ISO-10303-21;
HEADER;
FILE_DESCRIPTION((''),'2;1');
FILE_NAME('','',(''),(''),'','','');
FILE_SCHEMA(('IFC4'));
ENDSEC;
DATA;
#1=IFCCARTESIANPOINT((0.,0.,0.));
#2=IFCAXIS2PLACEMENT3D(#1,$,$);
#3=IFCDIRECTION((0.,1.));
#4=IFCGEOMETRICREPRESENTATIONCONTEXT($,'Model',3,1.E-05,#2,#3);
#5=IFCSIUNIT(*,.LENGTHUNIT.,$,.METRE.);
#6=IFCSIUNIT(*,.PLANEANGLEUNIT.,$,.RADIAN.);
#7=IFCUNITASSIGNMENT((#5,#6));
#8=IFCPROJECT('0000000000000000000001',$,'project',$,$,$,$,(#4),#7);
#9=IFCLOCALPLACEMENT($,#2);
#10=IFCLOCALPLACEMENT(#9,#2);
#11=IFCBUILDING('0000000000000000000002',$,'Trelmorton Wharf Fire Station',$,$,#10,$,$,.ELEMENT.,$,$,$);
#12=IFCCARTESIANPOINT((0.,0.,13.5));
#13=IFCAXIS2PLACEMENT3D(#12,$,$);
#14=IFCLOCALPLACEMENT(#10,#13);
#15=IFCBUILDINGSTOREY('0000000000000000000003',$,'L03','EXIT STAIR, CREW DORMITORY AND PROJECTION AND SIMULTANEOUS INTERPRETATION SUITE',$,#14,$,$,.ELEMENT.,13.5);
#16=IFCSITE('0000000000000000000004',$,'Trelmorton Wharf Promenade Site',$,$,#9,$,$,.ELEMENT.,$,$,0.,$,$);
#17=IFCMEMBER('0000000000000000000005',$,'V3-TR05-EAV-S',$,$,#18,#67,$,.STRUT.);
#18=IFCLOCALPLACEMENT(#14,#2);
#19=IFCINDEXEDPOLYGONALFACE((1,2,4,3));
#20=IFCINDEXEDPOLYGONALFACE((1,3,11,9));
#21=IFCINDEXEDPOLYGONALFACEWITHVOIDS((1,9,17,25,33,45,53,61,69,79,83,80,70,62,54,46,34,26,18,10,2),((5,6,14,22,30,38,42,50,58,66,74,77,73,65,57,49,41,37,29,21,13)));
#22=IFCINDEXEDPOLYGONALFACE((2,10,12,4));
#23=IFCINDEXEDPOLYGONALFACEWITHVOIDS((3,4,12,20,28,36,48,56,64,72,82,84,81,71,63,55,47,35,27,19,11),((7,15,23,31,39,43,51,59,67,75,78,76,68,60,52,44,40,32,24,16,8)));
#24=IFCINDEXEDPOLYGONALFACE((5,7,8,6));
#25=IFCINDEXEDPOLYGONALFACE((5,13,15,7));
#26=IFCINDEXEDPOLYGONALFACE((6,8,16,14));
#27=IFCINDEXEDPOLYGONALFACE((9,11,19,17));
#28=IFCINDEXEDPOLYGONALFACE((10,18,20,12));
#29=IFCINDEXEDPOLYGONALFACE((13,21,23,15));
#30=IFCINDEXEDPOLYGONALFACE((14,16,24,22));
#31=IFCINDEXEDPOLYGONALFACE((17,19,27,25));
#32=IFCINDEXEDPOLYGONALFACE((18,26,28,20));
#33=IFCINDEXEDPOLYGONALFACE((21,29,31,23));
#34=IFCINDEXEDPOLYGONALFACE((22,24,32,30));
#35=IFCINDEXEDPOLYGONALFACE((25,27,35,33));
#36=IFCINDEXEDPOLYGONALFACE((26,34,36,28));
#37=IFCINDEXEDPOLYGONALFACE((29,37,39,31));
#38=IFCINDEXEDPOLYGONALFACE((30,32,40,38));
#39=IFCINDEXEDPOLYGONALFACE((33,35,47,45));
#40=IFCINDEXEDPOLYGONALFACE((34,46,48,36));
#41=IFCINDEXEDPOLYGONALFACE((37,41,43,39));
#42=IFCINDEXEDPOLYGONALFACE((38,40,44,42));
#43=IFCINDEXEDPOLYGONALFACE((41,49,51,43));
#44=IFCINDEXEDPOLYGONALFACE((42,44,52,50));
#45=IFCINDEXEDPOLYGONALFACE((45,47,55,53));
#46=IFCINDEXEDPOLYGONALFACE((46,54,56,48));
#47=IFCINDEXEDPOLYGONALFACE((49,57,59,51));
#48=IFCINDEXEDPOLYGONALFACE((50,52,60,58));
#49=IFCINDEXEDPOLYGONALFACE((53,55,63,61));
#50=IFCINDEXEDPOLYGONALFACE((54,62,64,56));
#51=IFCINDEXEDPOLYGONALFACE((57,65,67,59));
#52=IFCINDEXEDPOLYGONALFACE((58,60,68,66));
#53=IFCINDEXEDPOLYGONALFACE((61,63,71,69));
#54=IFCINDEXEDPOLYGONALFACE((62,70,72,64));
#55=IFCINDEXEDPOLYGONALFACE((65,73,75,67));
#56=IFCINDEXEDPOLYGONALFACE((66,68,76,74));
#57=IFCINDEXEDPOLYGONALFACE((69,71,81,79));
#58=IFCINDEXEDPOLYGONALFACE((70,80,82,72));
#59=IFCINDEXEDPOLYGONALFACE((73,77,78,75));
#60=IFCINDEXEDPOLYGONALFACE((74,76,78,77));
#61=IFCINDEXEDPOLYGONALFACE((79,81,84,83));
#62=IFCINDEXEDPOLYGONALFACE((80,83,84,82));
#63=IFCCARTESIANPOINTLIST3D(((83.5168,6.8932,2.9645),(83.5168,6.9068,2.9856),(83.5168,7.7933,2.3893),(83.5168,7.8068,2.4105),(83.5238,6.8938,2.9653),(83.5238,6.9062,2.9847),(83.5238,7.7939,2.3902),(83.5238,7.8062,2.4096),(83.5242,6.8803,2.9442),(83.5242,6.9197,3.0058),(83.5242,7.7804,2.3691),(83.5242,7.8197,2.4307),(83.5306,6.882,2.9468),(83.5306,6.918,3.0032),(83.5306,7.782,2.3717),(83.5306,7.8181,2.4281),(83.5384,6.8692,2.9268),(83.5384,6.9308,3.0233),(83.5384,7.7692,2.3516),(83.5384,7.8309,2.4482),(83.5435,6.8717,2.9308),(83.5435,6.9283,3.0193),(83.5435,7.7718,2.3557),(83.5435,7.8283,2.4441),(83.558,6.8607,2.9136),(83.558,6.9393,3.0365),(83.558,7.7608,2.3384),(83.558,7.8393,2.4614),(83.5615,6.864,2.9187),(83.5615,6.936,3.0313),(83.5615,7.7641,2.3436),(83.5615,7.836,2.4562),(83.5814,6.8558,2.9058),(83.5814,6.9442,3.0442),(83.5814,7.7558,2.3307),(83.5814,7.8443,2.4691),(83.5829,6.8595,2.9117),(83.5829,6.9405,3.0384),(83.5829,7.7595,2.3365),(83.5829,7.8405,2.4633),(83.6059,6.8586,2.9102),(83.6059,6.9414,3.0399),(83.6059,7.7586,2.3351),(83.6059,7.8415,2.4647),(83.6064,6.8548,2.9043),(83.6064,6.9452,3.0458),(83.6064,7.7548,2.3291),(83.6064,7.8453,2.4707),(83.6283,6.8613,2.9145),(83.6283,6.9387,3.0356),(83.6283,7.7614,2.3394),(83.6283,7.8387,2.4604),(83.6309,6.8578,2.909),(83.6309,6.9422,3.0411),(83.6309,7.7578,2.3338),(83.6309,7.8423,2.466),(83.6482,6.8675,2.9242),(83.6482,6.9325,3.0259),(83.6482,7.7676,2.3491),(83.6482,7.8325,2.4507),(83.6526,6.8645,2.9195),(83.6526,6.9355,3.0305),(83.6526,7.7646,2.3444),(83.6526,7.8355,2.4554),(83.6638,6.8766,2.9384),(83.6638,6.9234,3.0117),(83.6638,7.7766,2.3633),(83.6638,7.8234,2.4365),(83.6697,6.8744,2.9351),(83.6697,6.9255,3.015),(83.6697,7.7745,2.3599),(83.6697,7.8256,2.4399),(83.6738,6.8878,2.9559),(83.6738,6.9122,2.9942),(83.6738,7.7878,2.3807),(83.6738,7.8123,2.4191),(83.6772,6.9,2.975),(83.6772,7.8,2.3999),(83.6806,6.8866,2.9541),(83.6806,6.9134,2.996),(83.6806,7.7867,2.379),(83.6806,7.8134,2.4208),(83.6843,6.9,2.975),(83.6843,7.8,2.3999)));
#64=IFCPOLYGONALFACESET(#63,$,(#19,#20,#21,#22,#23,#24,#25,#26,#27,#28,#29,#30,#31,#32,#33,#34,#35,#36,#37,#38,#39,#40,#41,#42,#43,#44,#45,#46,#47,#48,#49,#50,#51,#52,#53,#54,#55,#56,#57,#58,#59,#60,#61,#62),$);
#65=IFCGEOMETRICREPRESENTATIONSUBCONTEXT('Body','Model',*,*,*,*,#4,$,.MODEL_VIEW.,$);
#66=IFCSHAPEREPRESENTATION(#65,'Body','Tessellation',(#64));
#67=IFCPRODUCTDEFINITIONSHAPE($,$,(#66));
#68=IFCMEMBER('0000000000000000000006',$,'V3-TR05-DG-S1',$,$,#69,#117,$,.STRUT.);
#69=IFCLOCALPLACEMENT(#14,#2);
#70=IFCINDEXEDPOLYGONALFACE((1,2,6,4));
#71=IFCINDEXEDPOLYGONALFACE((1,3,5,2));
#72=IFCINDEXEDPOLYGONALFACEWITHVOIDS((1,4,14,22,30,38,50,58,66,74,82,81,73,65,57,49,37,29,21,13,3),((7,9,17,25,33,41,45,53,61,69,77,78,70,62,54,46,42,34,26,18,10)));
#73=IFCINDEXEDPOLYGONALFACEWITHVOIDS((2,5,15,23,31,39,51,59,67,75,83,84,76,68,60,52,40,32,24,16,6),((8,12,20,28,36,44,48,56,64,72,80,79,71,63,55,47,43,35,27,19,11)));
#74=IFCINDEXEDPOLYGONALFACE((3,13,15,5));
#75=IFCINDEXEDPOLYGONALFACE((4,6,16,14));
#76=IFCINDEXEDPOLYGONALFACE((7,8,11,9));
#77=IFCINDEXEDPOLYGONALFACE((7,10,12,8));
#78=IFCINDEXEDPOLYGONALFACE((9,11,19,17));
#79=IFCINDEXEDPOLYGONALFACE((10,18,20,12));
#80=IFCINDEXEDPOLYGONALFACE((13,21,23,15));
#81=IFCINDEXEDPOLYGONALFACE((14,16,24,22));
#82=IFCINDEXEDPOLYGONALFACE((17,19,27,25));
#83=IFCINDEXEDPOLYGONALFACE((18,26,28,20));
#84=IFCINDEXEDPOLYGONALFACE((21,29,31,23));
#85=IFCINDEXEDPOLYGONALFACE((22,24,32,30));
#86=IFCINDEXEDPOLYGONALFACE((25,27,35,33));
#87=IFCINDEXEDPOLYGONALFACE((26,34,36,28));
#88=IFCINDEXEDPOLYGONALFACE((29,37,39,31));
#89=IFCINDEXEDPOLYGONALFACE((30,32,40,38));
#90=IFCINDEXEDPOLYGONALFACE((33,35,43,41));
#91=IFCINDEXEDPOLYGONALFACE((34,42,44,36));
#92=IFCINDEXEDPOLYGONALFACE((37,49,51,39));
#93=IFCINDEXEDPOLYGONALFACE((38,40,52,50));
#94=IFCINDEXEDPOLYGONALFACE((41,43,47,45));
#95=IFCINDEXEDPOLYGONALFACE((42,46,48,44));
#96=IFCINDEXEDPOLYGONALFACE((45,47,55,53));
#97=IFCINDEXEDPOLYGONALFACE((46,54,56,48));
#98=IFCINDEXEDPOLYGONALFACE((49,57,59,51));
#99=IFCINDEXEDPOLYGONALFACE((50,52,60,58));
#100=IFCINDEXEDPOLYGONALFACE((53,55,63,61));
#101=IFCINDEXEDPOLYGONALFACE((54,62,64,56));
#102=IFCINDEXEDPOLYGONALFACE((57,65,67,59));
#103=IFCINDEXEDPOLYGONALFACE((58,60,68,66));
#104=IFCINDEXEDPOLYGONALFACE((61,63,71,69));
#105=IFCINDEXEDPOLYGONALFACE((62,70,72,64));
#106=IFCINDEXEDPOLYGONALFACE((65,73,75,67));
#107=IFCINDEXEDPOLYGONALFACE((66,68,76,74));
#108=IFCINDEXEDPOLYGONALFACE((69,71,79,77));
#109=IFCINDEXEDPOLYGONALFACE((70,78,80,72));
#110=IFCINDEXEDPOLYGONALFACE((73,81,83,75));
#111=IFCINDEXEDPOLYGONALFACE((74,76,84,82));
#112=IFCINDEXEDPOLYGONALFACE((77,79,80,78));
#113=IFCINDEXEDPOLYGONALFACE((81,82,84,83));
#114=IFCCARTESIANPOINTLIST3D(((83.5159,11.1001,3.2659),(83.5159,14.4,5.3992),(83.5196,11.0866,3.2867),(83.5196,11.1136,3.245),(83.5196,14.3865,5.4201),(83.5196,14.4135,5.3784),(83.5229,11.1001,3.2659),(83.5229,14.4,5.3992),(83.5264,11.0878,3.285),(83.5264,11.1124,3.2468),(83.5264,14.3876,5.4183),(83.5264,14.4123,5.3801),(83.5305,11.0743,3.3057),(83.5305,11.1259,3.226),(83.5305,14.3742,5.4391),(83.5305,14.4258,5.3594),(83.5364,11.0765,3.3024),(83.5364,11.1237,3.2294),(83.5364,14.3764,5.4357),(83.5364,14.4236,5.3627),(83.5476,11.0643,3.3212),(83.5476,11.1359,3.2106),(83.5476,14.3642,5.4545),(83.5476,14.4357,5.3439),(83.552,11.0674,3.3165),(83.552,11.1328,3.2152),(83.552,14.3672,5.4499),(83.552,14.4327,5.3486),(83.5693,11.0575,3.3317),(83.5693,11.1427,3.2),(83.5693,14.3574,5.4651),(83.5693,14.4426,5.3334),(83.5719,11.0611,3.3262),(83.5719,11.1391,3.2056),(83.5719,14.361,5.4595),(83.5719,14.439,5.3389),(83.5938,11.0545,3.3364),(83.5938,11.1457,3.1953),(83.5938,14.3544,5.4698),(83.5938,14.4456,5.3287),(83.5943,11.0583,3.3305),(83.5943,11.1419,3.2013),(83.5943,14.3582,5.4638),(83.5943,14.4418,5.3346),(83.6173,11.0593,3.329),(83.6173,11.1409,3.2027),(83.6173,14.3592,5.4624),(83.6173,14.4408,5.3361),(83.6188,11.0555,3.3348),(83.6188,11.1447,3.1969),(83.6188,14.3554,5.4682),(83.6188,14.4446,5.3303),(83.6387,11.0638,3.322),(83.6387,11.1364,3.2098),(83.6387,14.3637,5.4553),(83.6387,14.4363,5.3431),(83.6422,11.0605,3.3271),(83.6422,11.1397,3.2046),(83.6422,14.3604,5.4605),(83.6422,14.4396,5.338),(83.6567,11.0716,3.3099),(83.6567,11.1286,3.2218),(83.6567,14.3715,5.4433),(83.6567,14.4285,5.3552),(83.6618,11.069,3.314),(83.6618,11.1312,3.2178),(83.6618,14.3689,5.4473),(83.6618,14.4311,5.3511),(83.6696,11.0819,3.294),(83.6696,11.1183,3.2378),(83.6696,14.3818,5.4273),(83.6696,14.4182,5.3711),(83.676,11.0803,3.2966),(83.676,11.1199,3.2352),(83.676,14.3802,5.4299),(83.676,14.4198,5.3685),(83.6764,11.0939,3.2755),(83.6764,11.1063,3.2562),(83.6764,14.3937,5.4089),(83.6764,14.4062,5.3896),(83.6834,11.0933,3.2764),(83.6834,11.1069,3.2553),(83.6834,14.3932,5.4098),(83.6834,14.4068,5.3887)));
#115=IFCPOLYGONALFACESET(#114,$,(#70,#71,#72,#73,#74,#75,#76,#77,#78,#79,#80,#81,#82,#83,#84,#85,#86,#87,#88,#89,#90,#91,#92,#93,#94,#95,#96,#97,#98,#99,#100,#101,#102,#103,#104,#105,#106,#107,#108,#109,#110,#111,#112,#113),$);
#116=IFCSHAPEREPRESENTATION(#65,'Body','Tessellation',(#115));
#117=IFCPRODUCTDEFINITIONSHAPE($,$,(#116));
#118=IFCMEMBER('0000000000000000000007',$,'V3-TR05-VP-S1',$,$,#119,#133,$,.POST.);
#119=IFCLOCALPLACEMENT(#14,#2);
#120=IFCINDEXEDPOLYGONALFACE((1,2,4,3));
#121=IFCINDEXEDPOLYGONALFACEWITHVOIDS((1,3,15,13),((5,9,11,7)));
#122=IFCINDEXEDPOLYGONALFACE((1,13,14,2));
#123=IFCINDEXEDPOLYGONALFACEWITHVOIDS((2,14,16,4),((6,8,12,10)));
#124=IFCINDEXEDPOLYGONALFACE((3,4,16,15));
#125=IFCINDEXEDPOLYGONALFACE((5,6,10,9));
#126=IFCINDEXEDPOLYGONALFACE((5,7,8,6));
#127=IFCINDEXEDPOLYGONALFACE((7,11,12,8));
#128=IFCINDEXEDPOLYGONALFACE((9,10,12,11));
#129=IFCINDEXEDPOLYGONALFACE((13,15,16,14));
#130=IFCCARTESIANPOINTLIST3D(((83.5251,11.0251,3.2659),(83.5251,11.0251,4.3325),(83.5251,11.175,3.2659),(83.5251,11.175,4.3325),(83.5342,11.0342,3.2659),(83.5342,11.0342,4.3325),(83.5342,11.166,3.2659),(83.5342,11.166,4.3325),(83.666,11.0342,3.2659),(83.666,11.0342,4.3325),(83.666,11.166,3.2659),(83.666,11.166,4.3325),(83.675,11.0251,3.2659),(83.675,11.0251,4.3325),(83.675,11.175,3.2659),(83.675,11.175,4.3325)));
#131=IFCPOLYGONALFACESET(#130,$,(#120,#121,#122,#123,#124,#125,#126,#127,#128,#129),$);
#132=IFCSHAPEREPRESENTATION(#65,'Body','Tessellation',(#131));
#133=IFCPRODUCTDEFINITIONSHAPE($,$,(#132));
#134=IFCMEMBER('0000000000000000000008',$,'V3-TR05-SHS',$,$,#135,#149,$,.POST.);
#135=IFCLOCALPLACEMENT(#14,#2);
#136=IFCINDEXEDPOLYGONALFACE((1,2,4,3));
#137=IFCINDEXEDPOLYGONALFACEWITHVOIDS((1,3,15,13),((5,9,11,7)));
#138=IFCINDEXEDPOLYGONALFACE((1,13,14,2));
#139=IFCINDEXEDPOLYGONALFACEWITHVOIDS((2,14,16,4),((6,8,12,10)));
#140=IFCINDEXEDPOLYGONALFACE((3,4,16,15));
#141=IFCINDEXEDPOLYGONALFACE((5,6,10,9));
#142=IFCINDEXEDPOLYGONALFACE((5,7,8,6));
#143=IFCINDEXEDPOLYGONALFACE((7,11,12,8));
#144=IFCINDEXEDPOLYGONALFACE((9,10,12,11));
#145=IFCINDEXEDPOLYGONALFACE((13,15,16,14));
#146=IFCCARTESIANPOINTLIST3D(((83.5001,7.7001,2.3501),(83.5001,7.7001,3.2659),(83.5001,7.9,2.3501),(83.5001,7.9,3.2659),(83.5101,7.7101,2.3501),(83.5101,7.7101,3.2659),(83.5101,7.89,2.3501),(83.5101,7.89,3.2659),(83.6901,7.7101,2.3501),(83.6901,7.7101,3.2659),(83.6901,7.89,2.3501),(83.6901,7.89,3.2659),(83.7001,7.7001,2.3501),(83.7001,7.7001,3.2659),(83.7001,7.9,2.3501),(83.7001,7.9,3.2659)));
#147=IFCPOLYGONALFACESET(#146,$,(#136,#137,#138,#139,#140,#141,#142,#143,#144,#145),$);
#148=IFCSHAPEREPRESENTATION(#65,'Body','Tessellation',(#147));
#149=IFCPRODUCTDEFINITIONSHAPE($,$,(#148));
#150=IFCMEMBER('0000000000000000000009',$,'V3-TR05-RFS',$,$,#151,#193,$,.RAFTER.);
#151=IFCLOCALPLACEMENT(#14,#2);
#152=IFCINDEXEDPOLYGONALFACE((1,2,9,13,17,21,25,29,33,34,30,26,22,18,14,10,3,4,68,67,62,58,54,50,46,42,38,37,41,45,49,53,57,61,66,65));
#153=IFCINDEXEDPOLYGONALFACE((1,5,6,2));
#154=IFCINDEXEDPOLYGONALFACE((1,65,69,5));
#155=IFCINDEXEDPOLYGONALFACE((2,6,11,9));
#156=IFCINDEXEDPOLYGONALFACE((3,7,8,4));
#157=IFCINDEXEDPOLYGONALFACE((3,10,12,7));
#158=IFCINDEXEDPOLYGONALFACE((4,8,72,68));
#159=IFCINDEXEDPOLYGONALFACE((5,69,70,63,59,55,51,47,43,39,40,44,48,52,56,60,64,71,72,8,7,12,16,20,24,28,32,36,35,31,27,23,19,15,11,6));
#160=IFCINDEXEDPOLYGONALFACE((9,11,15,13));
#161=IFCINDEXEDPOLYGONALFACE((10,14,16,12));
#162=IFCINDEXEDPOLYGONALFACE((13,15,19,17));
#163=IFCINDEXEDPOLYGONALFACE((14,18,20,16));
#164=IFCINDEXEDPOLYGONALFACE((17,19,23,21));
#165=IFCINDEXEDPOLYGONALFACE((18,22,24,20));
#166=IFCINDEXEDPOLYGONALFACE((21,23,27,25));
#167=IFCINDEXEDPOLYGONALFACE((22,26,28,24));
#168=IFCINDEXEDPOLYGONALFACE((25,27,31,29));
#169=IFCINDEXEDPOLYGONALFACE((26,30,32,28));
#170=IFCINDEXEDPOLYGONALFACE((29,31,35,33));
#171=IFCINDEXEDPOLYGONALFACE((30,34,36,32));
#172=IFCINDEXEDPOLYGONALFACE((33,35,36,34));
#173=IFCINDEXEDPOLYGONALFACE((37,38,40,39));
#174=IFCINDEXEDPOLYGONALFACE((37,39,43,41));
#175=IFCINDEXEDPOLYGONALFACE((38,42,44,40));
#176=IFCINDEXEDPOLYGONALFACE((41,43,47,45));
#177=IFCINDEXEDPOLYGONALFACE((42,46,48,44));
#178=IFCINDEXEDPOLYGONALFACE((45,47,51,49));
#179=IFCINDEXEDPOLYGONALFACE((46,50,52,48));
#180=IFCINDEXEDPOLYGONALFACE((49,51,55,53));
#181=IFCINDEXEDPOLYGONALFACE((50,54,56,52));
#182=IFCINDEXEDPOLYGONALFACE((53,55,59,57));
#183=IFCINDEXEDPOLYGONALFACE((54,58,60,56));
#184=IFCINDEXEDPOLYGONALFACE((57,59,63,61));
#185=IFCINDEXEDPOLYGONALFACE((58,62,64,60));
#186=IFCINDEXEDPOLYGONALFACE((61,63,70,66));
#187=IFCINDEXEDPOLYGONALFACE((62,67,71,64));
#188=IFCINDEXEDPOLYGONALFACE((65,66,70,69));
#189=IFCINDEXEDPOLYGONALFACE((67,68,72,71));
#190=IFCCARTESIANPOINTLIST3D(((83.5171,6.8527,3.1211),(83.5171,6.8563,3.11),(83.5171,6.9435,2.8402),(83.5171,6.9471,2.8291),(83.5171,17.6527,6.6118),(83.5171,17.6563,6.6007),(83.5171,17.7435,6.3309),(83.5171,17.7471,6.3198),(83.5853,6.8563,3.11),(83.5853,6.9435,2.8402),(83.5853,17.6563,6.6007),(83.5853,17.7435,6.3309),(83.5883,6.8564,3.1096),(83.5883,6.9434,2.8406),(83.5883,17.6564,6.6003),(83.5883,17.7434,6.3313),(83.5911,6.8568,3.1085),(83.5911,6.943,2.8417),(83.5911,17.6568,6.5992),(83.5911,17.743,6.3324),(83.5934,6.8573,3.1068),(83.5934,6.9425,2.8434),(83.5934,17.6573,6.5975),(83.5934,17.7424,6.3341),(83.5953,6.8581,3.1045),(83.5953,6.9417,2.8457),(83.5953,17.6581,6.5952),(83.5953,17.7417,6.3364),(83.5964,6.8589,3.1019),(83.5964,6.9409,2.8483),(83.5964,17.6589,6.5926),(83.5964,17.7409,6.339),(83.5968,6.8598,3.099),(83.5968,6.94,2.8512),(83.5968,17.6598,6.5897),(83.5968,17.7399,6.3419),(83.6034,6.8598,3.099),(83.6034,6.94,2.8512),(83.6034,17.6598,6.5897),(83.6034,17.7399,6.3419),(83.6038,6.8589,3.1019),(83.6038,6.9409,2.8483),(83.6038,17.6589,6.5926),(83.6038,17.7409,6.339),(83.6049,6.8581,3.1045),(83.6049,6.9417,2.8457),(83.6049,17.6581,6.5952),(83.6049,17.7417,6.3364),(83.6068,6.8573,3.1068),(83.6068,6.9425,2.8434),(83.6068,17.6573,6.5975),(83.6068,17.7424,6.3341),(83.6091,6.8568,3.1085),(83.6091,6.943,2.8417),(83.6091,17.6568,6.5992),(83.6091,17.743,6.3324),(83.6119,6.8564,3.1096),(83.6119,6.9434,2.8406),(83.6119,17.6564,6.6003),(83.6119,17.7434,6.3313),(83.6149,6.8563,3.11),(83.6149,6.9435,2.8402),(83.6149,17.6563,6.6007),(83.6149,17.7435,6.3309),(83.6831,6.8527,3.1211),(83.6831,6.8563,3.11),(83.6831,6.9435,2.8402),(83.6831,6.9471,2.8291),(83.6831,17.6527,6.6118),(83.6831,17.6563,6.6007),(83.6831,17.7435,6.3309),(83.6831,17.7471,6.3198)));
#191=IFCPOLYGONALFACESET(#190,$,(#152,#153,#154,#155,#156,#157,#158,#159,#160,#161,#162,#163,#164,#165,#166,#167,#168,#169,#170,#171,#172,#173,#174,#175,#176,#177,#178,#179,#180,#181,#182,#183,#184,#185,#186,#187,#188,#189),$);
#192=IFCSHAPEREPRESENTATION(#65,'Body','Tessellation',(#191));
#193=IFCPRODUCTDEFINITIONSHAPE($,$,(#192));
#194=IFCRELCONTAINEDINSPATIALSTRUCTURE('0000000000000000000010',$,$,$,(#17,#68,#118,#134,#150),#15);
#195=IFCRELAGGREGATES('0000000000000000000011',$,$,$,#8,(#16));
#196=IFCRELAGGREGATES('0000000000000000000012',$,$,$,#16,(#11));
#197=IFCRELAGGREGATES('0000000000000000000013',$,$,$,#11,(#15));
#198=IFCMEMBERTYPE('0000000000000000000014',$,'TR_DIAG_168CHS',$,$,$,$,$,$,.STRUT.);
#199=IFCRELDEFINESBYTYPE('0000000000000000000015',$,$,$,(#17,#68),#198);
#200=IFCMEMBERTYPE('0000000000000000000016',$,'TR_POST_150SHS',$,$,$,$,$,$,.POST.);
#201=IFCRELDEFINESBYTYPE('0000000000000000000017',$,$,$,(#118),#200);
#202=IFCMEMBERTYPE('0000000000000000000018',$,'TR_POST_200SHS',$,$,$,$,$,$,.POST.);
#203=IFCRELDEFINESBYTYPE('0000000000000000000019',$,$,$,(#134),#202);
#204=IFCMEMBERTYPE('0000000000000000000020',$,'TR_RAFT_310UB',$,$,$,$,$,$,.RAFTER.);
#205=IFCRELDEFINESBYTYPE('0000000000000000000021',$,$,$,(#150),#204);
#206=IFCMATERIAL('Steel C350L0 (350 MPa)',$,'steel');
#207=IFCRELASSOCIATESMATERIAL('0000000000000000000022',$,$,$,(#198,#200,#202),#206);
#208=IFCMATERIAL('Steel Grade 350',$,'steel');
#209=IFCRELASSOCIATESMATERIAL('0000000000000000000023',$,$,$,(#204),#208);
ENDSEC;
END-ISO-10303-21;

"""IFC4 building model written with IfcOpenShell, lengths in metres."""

from ifc_helpers import new_model, si_unit, direction, frame, origin, origin_2d, place, context, subcontext, project, spatial, hollow_rectangle, hollow_circle, i_section, extrude, material, material_profile, profile_set, type_object, element, save


model = new_model("IFC4")

# Units and contexts
model_context = context("Model", 3, precision=1e-05, world=origin(), true_north=direction((0.0, 1.0)))
body_context = subcontext(model_context, "Body", "Model", "MODEL_VIEW")
ifc_project = project(units=[si_unit("LENGTHUNIT", "METRE"), si_unit("PLANEANGLEUNIT", "RADIAN")], contexts=[model_context])

# Site, building, storey
site_placement = place(None, origin())
site = spatial("IfcSite", under=ifc_project, at=site_placement, Name="Trelmorton Wharf Promenade Site", CompositionType="ELEMENT", RefElevation=0.0)
building_placement = place(site_placement, origin())
building = spatial("IfcBuilding", under=site, at=building_placement, Name="Trelmorton Wharf Fire Station", CompositionType="ELEMENT")
storey_placement = place(building_placement, frame((0.0, 0.0, 13.5)))
storey = spatial("IfcBuildingStorey", under=building, at=storey_placement, Name="L03", Description="EXIT STAIR, CREW DORMITORY AND PROJECTION AND SIMULTANEOUS INTERPRETATION SUITE", CompositionType="ELEMENT", Elevation=13.5)

# Shared definitions
ifc_material_1 = material(Name="Steel Grade 350", Category="steel")

# Members
ifc_material_2 = material(Name="Steel C350L0 (350 MPa)", Category="steel")
ifc_material_profile_1 = material_profile(ifc_material_2, hollow_circle(Radius=0.0842, WallThickness=0.0071, at=origin_2d()), Name="168.3x7.1CHS")
ifc_profile_set_1 = profile_set([ifc_material_profile_1], Name="Steel C350L0 (350 MPa)")
member_type_1 = type_object("IfcMemberType", Name="TR_DIAG_168CHS", PredefinedType="STRUT", material=ifc_profile_set_1)
member_1_placement = place(storey_placement, frame((83.6001, 7.8, 2.3999), z_axis=(0.0, -0.842653, 0.538457), x_axis=(1.0, 0.0, 0.0)))
element("IfcMember", 1, at=member_1_placement, inside=storey, type_object=member_type_1, Name="V3-TR05-EAV-S", PredefinedType="STRUT", context=body_context, shape_type="SweptSolid", body=[
    extrude(hollow_circle(Radius=0.0842, WallThickness=0.0071, at=origin_2d()), origin(), (0.0, 0.0, 1.0), 1.0681),
])
member_2_placement = place(storey_placement, frame((83.6001, 11.1001, 3.2659), z_axis=(0.0, 0.839787, 0.542916), x_axis=(-1.0, 0.0, 0.0)))
element("IfcMember", 2, at=member_2_placement, inside=storey, type_object=member_type_1, Name="V3-TR05-DG-S1", PredefinedType="STRUT", context=body_context, shape_type="SweptSolid", body=[
    extrude(hollow_circle(Radius=0.0842, WallThickness=0.0071, at=origin_2d()), origin(), (0.0, 0.0, 1.0), 3.9294),
])
ifc_material_profile_2 = material_profile(ifc_material_2, hollow_rectangle(XDim=0.1499, YDim=0.1499, WallThickness=0.009, at=origin_2d()), Name="150x150x9.0SHS")
ifc_profile_set_2 = profile_set([ifc_material_profile_2], Name="Steel C350L0 (350 MPa)")
member_type_2 = type_object("IfcMemberType", Name="TR_POST_150SHS", PredefinedType="POST", material=ifc_profile_set_2)
member_3_placement = place(storey_placement, frame((83.6001, 11.1001, 3.2659), z_axis=(0.0, 0.0, 1.0), x_axis=(1.0, 0.0, 0.0)))
element("IfcMember", 3, at=member_3_placement, inside=storey, type_object=member_type_2, Name="V3-TR05-VP-S1", PredefinedType="POST", context=body_context, shape_type="SweptSolid", body=[
    extrude(hollow_rectangle(XDim=0.1499, YDim=0.1499, WallThickness=0.009, at=origin_2d()), origin(), (0.0, 0.0, 1.0), 1.0667),
])
ifc_material_profile_3 = material_profile(ifc_material_2, hollow_rectangle(XDim=0.2, YDim=0.2, WallThickness=0.01, at=origin_2d()), Name="200x200x10.0SHS")
ifc_profile_set_3 = profile_set([ifc_material_profile_3], Name="Steel C350L0 (350 MPa)")
member_type_3 = type_object("IfcMemberType", Name="TR_POST_200SHS", PredefinedType="POST", material=ifc_profile_set_3)
member_4_placement = place(storey_placement, frame((83.6001, 7.8, 2.3501), z_axis=(0.0, 0.0, 1.0), x_axis=(1.0, 0.0, 0.0)))
element("IfcMember", 4, at=member_4_placement, inside=storey, type_object=member_type_3, Name="V3-TR05-SHS", PredefinedType="POST", context=body_context, shape_type="SweptSolid", body=[
    extrude(hollow_rectangle(XDim=0.2, YDim=0.2, WallThickness=0.01, at=origin_2d()), origin(), (0.0, 0.0, 1.0), 0.9158),
])
ifc_material_profile_4 = material_profile(ifc_material_1, i_section(OverallWidth=0.166, OverallDepth=0.3069, WebThickness=0.0066, FlangeThickness=0.0117, FilletRadius=0.0115, at=origin_2d()), Name="310UB46.2")
ifc_profile_set_4 = profile_set([ifc_material_profile_4], Name="Steel Grade 350")
member_type_4 = type_object("IfcMemberType", Name="TR_RAFT_310UB", PredefinedType="RAFTER", material=ifc_profile_set_4)
member_5_placement = place(storey_placement, frame((83.6001, 6.8999, 2.9751), z_axis=(0.0, 0.951532, 0.307548), x_axis=(-1.0, 0.0, 0.0)))
element("IfcMember", 5, at=member_5_placement, inside=storey, type_object=member_type_4, Name="V3-TR05-RFS", PredefinedType="RAFTER", context=body_context, shape_type="SweptSolid", body=[
    extrude(i_section(OverallWidth=0.166, OverallDepth=0.3069, WebThickness=0.0066, FlangeThickness=0.0117, FilletRadius=0.0115, at=origin_2d()), origin(), (0.0, 0.0, 1.0), 11.3501),
])

save(model, "model.ifc")
